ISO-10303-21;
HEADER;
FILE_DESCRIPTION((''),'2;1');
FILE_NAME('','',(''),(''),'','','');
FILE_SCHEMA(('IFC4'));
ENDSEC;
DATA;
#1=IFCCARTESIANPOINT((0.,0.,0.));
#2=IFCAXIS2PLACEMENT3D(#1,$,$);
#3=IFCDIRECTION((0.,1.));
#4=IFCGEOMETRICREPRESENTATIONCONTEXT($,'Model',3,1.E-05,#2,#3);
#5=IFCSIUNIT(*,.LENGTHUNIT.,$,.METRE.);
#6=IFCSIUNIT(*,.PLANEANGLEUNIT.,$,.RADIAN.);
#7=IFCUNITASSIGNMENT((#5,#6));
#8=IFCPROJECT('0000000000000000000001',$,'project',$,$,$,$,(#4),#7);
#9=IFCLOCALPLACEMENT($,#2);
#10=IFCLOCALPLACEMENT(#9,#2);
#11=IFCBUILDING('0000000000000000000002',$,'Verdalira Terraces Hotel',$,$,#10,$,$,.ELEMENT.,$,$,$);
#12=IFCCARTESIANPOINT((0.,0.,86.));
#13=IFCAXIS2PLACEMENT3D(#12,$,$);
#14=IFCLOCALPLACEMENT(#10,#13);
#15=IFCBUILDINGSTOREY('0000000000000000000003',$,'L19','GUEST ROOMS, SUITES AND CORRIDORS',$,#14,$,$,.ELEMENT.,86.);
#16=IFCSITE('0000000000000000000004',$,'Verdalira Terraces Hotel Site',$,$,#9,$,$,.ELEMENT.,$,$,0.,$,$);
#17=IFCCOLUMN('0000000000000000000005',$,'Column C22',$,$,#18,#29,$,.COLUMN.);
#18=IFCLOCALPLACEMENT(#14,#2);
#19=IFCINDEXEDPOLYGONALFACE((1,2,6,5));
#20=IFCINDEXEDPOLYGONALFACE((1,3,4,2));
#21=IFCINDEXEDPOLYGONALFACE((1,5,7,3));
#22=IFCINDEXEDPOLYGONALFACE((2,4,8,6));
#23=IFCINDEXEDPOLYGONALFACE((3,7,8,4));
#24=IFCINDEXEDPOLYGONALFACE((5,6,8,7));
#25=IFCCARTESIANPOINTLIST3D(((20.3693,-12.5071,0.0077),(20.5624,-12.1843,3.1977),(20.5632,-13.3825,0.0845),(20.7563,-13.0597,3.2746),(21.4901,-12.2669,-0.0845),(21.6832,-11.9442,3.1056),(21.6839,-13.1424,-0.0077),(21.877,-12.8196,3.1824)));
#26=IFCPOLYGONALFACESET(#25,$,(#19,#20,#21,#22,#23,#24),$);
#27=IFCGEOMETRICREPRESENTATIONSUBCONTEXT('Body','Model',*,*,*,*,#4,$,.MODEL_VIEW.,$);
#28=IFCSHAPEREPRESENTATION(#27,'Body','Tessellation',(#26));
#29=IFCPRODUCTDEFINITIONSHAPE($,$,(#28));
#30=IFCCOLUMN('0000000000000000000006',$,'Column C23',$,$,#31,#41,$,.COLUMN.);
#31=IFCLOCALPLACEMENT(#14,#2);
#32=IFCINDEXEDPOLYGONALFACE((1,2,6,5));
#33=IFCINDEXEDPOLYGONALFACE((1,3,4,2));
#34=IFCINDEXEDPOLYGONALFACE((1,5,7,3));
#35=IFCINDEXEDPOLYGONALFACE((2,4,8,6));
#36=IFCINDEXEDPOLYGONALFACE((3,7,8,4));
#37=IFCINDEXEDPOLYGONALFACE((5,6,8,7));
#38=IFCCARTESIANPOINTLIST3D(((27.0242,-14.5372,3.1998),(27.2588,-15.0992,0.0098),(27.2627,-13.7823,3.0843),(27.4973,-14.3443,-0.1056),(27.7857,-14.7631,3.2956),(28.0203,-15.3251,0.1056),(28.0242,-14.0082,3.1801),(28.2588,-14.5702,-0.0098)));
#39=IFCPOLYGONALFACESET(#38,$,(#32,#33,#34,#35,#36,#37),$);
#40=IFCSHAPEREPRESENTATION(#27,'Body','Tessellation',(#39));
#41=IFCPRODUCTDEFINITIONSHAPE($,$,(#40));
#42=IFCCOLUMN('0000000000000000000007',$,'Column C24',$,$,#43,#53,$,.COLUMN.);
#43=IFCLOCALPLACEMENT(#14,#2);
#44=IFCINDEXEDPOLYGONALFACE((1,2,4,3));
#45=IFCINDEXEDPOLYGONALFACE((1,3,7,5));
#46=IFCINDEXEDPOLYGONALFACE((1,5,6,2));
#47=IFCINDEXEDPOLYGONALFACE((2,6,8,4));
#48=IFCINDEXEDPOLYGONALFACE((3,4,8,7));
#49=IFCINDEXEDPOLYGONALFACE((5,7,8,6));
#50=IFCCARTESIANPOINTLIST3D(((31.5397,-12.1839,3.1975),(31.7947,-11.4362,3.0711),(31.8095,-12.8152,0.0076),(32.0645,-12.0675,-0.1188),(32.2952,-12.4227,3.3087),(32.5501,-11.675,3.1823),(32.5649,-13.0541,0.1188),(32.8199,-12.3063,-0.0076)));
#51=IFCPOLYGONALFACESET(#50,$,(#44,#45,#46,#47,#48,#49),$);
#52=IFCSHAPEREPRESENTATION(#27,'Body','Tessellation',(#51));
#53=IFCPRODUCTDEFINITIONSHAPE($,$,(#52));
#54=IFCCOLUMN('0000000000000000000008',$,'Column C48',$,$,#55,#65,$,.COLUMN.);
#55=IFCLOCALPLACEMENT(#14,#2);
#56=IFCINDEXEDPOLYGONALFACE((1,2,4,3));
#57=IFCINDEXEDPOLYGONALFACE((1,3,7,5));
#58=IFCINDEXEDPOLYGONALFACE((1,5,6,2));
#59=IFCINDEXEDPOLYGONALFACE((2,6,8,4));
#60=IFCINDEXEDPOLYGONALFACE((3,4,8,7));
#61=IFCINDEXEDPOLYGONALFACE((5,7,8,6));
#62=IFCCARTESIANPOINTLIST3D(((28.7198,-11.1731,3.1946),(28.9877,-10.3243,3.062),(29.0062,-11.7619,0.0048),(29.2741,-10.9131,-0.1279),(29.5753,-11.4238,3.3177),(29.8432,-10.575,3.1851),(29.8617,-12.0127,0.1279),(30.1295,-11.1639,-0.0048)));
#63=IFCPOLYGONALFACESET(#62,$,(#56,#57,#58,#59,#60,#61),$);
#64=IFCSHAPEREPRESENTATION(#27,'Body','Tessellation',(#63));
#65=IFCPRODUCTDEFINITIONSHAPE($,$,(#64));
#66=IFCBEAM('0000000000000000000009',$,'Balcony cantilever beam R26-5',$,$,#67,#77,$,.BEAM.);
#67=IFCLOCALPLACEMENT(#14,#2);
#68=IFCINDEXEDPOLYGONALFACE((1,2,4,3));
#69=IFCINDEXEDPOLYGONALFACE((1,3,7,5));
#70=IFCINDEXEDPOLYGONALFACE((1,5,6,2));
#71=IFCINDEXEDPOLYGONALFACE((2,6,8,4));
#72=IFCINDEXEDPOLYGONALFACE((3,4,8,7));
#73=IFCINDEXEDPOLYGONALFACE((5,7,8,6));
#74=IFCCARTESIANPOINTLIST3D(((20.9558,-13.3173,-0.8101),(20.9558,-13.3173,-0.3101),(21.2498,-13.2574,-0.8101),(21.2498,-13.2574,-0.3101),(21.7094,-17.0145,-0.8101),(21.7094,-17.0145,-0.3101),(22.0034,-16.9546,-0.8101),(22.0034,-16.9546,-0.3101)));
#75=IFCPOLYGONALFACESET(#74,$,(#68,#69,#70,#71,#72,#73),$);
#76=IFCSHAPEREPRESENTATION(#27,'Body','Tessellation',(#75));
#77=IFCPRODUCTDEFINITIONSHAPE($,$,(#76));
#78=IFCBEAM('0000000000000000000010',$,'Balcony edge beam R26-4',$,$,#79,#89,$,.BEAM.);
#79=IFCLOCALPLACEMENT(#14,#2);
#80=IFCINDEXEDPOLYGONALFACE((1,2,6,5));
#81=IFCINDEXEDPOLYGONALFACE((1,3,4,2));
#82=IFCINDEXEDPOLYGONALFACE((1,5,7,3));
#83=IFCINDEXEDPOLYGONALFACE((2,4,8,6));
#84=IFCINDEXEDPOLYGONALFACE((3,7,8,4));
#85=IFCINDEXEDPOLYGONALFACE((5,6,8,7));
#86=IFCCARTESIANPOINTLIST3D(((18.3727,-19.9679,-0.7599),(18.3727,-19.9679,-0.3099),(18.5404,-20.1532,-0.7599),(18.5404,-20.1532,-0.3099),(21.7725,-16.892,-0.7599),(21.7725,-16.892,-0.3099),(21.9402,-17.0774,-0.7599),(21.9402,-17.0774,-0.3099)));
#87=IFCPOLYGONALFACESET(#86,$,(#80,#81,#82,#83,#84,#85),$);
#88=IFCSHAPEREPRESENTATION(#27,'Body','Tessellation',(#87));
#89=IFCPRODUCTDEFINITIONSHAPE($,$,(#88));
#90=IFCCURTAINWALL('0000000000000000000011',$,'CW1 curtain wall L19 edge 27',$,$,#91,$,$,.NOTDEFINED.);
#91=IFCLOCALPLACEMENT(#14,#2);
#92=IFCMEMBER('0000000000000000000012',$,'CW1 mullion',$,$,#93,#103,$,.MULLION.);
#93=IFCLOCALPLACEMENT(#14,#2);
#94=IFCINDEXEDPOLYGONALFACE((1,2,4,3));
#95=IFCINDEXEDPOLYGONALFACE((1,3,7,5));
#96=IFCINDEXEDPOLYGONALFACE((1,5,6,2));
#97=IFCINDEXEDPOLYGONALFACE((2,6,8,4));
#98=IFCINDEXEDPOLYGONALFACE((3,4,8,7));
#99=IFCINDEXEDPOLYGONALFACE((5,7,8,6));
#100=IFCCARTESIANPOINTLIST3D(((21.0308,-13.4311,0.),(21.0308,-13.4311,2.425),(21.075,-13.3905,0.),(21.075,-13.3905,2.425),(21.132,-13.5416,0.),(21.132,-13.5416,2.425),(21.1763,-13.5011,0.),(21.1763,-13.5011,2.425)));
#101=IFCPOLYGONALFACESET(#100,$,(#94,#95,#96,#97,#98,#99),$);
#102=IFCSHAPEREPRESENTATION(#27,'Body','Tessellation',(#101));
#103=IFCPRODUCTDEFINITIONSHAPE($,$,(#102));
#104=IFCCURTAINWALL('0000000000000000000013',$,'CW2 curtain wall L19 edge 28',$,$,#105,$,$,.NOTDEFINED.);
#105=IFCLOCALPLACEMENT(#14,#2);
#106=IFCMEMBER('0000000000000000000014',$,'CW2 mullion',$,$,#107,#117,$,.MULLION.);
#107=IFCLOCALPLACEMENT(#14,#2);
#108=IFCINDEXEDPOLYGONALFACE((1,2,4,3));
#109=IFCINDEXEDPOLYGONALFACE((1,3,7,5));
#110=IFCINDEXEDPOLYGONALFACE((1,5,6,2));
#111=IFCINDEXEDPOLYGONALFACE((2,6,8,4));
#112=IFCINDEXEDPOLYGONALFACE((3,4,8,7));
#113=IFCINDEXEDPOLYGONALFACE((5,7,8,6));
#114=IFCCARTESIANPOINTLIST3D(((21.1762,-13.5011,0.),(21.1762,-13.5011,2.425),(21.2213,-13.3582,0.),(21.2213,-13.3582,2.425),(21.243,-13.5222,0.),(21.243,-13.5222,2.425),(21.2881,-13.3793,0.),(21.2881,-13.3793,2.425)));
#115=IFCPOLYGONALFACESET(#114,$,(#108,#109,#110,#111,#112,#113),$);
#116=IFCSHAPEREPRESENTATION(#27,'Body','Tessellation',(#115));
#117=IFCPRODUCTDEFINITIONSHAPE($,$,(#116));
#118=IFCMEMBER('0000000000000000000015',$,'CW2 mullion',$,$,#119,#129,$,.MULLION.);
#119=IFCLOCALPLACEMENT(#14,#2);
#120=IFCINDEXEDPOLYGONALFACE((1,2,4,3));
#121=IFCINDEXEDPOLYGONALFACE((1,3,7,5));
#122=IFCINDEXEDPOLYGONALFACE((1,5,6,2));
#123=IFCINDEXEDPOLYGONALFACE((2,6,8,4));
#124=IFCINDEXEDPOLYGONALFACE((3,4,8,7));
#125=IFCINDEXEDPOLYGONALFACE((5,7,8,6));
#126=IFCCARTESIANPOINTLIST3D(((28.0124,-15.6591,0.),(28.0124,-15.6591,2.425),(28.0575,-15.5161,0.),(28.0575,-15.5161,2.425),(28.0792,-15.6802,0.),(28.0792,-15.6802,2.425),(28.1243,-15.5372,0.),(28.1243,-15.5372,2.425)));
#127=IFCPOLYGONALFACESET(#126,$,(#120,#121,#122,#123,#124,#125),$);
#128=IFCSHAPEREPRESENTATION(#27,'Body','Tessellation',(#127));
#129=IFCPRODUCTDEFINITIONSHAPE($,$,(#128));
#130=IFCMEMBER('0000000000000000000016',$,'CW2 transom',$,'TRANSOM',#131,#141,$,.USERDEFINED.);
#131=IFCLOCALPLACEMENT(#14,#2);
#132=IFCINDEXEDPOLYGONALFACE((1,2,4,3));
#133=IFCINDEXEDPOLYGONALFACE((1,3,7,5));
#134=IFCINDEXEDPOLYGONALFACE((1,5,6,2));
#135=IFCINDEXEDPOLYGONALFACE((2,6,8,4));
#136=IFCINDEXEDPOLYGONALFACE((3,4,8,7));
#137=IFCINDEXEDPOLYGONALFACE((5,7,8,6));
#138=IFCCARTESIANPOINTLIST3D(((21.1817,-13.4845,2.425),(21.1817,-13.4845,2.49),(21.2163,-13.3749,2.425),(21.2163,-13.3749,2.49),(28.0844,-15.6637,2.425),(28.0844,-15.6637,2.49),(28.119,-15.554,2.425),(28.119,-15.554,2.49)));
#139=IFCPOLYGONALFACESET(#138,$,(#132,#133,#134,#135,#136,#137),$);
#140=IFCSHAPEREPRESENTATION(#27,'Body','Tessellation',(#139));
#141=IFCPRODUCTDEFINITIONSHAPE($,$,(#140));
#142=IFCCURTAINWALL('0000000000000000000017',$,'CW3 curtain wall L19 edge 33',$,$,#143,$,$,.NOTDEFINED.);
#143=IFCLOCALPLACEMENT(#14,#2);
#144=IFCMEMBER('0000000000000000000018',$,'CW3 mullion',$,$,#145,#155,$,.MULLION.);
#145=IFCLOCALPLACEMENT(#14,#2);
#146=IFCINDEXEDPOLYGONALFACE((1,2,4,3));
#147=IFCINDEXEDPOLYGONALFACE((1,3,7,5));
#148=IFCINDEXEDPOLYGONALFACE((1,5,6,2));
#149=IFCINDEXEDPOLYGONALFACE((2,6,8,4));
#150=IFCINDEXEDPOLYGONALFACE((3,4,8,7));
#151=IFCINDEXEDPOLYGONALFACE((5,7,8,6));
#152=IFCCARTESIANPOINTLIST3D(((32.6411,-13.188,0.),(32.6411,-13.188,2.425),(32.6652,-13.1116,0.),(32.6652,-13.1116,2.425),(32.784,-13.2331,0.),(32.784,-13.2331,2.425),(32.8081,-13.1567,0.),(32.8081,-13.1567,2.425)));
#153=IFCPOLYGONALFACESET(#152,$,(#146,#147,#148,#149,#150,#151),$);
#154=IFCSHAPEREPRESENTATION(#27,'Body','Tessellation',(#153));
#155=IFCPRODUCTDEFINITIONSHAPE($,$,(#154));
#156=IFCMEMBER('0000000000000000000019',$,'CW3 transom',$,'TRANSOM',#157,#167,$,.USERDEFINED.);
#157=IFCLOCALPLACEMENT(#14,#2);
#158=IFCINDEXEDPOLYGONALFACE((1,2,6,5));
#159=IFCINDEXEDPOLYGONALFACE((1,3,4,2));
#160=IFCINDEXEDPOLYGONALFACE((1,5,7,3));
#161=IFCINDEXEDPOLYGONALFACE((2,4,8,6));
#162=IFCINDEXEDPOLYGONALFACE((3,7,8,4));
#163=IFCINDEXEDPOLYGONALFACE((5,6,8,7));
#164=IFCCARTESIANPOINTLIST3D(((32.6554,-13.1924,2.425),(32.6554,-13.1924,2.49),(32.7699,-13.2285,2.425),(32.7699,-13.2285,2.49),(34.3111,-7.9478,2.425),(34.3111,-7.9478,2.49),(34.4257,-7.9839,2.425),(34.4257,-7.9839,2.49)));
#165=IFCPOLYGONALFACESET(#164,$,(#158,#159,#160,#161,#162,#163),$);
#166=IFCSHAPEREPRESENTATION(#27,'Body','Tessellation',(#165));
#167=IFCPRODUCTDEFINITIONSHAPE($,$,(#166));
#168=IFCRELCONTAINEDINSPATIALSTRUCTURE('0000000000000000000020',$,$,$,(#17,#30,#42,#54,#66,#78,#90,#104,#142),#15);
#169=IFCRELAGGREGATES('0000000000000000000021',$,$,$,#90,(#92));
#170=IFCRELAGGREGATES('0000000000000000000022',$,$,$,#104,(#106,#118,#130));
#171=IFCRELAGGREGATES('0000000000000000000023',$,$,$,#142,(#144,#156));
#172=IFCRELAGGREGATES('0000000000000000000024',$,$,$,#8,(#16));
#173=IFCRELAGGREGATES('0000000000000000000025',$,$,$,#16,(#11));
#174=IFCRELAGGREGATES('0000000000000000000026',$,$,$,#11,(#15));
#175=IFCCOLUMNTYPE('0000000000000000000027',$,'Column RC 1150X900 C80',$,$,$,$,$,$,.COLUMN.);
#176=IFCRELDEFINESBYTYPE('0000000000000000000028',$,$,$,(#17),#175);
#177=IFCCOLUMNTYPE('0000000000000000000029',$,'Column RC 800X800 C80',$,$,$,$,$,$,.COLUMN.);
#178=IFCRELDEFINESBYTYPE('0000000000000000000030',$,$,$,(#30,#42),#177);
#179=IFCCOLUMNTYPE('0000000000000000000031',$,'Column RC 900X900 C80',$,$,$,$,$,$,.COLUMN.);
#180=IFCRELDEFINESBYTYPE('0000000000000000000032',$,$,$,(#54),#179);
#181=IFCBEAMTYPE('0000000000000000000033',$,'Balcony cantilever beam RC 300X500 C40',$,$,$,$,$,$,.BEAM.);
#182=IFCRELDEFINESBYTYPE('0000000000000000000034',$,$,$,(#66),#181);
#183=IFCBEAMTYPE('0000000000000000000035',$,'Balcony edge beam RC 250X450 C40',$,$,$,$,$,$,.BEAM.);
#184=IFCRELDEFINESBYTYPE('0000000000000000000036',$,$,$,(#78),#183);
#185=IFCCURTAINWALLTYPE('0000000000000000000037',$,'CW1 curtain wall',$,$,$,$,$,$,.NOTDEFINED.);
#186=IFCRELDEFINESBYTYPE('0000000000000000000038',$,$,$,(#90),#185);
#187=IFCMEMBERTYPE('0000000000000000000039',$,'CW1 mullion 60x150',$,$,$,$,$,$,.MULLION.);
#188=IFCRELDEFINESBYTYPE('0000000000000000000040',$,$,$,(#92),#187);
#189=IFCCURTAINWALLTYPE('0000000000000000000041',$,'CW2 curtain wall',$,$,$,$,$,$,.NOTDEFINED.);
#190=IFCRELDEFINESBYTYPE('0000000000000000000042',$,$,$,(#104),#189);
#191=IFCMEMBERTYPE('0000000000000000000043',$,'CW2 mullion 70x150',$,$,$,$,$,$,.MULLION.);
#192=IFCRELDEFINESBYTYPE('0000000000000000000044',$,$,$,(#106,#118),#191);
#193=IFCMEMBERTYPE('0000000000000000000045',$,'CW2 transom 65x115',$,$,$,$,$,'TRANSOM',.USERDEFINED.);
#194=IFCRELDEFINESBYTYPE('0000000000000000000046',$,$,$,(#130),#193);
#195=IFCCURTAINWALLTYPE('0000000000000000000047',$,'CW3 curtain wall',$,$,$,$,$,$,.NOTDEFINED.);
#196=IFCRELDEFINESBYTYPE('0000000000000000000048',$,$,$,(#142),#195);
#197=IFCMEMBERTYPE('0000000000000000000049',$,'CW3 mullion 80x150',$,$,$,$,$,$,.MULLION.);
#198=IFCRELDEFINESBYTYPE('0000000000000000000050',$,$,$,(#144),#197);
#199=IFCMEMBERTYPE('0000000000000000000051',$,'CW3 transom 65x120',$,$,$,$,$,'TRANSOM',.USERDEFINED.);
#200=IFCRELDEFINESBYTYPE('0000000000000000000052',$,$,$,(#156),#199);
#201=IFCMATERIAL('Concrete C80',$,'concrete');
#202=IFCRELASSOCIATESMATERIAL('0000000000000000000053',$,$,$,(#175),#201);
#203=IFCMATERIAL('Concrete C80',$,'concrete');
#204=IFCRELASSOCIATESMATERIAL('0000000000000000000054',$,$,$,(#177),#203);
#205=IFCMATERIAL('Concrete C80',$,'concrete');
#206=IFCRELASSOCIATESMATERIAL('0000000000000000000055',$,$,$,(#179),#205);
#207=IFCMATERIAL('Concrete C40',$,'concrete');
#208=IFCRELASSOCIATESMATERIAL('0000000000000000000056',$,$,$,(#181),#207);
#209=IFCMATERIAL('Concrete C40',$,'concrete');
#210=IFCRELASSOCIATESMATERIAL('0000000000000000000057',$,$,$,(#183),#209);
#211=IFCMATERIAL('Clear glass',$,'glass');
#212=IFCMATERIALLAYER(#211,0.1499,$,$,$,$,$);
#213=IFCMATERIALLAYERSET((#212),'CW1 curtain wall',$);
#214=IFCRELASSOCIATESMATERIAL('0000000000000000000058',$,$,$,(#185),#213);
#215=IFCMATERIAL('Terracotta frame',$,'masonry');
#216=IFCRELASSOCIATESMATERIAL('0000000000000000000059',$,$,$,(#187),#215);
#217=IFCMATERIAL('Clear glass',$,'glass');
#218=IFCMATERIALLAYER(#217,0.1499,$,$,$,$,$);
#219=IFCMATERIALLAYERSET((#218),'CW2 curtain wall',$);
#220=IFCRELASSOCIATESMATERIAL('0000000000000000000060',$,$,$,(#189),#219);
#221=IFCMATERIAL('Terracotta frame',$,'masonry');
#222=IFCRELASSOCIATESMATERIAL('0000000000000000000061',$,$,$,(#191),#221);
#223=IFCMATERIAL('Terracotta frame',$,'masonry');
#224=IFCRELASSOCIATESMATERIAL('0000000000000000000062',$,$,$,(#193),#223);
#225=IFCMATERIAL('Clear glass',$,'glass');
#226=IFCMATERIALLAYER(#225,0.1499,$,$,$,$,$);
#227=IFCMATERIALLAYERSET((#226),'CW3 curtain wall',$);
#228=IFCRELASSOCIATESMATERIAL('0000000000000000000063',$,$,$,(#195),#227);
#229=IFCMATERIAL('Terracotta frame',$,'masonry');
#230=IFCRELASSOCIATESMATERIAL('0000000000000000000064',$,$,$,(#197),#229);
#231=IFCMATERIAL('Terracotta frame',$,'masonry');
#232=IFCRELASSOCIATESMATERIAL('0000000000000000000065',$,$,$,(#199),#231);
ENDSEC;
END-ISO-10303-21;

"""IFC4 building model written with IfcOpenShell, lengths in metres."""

from ifc_helpers import new_model, si_unit, direction, frame, origin, origin_2d, place, context, subcontext, project, spatial, rectangle, extrude, material, layer, layer_set, material_profile, profile_set, type_object, element, aggregate, save


model = new_model("IFC4")

# Units and contexts
model_context = context("Model", 3, precision=1e-05, world=origin(), true_north=direction((0.0, 1.0)))
body_context = subcontext(model_context, "Body", "Model", "MODEL_VIEW")
ifc_project = project(units=[si_unit("LENGTHUNIT", "METRE"), si_unit("PLANEANGLEUNIT", "RADIAN")], contexts=[model_context])

# Site, building, storey
site_placement = place(None, origin())
site = spatial("IfcSite", under=ifc_project, at=site_placement, Name="Verdalira Terraces Hotel Site", CompositionType="ELEMENT", RefElevation=0.0)
building_placement = place(site_placement, origin())
building = spatial("IfcBuilding", under=site, at=building_placement, Name="Verdalira Terraces Hotel", CompositionType="ELEMENT")
storey_placement = place(building_placement, frame((0.0, 0.0, 86.0)))
storey = spatial("IfcBuildingStorey", under=building, at=storey_placement, Name="L19", Description="GUEST ROOMS, SUITES AND CORRIDORS", CompositionType="ELEMENT", Elevation=86.0)

# Columns
ifc_material_1 = material(Name="Concrete C80", Category="concrete")
ifc_material_profile_1 = material_profile(ifc_material_1, rectangle(XDim=1.1499, YDim=0.8999, at=origin_2d()), Name="RC 1150X900")
ifc_profile_set_1 = profile_set([ifc_material_profile_1], Name="Concrete C80")
column_type_1 = type_object("IfcColumnType", Name="Column RC 1150X900 C80", PredefinedType="COLUMN", material=ifc_profile_set_1)
column_1_placement = place(storey_placement, frame((21.0266, -12.8247, 0.0), z_axis=(0.060122, 0.100483, 0.993121), x_axis=(-0.974668, -0.208808, 0.080132)))
element("IfcColumn", 1, at=column_1_placement, inside=storey, type_object=column_type_1, Name="Column C22", PredefinedType="COLUMN", context=body_context, shape_type="SweptSolid", body=[
    extrude(rectangle(XDim=1.1499, YDim=0.8999, at=origin_2d()), origin(), (0.0, 0.0, 1.0), 3.2122),
])
ifc_material_2 = material(Name="Concrete C80", Category="concrete")
ifc_material_profile_2 = material_profile(ifc_material_2, rectangle(XDim=0.8, YDim=0.8, at=origin_2d()), Name="RC 800X800")
ifc_profile_set_2 = profile_set([ifc_material_profile_2], Name="Concrete C80")
column_type_2 = type_object("IfcColumnType", Name="Column RC 800X800 C80", PredefinedType="COLUMN", material=ifc_profile_set_2)
column_2_placement = place(storey_placement, frame((27.7588, -14.8347, 0.0), z_axis=(-0.072245, 0.173057, 0.982259), x_axis=(0.951802, -0.28237, 0.119753)))
element("IfcColumn", 2, at=column_2_placement, inside=storey, type_object=column_type_2, Name="Column C23", PredefinedType="COLUMN", context=body_context, shape_type="SweptSolid", body=[
    extrude(rectangle(XDim=0.8, YDim=0.8, at=origin_2d()), origin(), (0.0, 0.0, 1.0), 3.2476),
])
column_3_placement = place(storey_placement, frame((32.3147, -12.5608, 0.0), z_axis=(-0.082677, 0.193487, 0.977613), x_axis=(0.318711, 0.934587, -0.158018)))
element("IfcColumn", 3, at=column_3_placement, inside=storey, type_object=column_type_2, Name="Column C24", PredefinedType="COLUMN", context=body_context, shape_type="SweptSolid", body=[
    extrude(rectangle(XDim=0.8, YDim=0.8, at=origin_2d()), origin(), (0.0, 0.0, 1.0), 3.2629),
])
ifc_material_3 = material(Name="Concrete C80", Category="concrete")
ifc_material_profile_3 = material_profile(ifc_material_3, rectangle(XDim=0.8999, YDim=0.8999, at=origin_2d()), Name="RC 900X900")
ifc_profile_set_3 = profile_set([ifc_material_profile_3], Name="Concrete C80")
column_type_3 = type_object("IfcColumnType", Name="Column RC 900X900 C80", PredefinedType="COLUMN", material=ifc_profile_set_3)
column_4_placement = place(storey_placement, frame((29.5679, -11.4629, 0.0), z_axis=(-0.087941, 0.180831, 0.979575), x_axis=(0.95061, -0.278627, 0.136776)))
element("IfcColumn", 4, at=column_4_placement, inside=storey, type_object=column_type_3, Name="Column C48", PredefinedType="COLUMN", context=body_context, shape_type="SweptSolid", body=[
    extrude(rectangle(XDim=0.8999, YDim=0.8999, at=origin_2d()), origin(), (0.0, 0.0, 1.0), 3.2563),
])

# Beams
ifc_material_4 = material(Name="Concrete C40", Category="concrete")
ifc_material_profile_4 = material_profile(ifc_material_4, rectangle(XDim=0.3, YDim=0.5, at=origin_2d()), Name="RC 300X500")
ifc_profile_set_4 = profile_set([ifc_material_profile_4], Name="Concrete C40")
beam_type_1 = type_object("IfcBeamType", Name="Balcony cantilever beam RC 300X500 C40", PredefinedType="BEAM", material=ifc_profile_set_4)
beam_1_placement = place(storey_placement, frame((21.1028, -13.2874, -0.5601), z_axis=(0.199736, -0.97985, 0.0), x_axis=(0.97985, 0.199736, 0.0)))
element("IfcBeam", 5, at=beam_1_placement, inside=storey, type_object=beam_type_1, Name="Balcony cantilever beam R26-5", PredefinedType="BEAM", context=body_context, shape_type="SweptSolid", body=[
    extrude(rectangle(XDim=0.3, YDim=0.5, at=origin_2d()), origin(), (0.0, 0.0, 1.0), 3.7732),
])
ifc_material_5 = material(Name="Concrete C40", Category="concrete")
ifc_material_profile_5 = material_profile(ifc_material_5, rectangle(XDim=0.25, YDim=0.45, at=origin_2d()), Name="RC 250X450")
ifc_profile_set_5 = profile_set([ifc_material_profile_5], Name="Concrete C40")
beam_type_2 = type_object("IfcBeamType", Name="Balcony edge beam RC 250X450 C40", PredefinedType="BEAM", material=ifc_profile_set_5)
beam_2_placement = place(storey_placement, frame((18.4565, -20.0605, -0.5349), z_axis=(0.741555, 0.670892, 0.0), x_axis=(-0.670892, 0.741555, 0.0)))
element("IfcBeam", 6, at=beam_2_placement, inside=storey, type_object=beam_type_2, Name="Balcony edge beam R26-4", PredefinedType="BEAM", context=body_context, shape_type="SweptSolid", body=[
    extrude(rectangle(XDim=0.25, YDim=0.45, at=origin_2d()), origin(), (0.0, 0.0, 1.0), 4.5847),
])

# Curtain wall, member
ifc_material_6 = material(Name="Clear glass", Category="glass")
ifc_layer_1 = layer(ifc_material_6, 0.1499)
ifc_layer_set_1 = layer_set([ifc_layer_1], Name="CW1 curtain wall")
curtain_wall_type_1 = type_object("IfcCurtainWallType", Name="CW1 curtain wall", PredefinedType="NOTDEFINED", material=ifc_layer_set_1)
curtain_wall_1_placement = place(storey_placement, origin())
curtain_wall_1 = element("IfcCurtainWall", 7, at=curtain_wall_1_placement, inside=storey, type_object=curtain_wall_type_1, Name="CW1 curtain wall L19 edge 27", PredefinedType="NOTDEFINED")
ifc_material_7 = material(Name="Terracotta frame", Category="masonry")
ifc_material_profile_6 = material_profile(ifc_material_7, rectangle(XDim=0.0601, YDim=0.1499, at=origin_2d()), Name="MU 60x150")
ifc_profile_set_6 = profile_set([ifc_material_profile_6], Name="Terracotta frame")
member_type_1 = type_object("IfcMemberType", Name="CW1 mullion 60x150", PredefinedType="MULLION", material=ifc_profile_set_6)
member_1_placement = place(storey_placement, frame((21.1035, -13.4661, 0.0), z_axis=(0.0, 0.0, 1.0), x_axis=(0.737513, 0.675333, 0.0)))
member_1 = element("IfcMember", 8, at=member_1_placement, type_object=member_type_1, Name="CW1 mullion", PredefinedType="MULLION", context=body_context, shape_type="SweptSolid", body=[
    extrude(rectangle(XDim=0.0601, YDim=0.1499, at=origin_2d()), origin(), (0.0, 0.0, 1.0), 2.425),
])

# Curtain walls, members
ifc_material_8 = material(Name="Clear glass", Category="glass")
ifc_layer_2 = layer(ifc_material_8, 0.1499)
ifc_layer_set_2 = layer_set([ifc_layer_2], Name="CW2 curtain wall")
curtain_wall_type_2 = type_object("IfcCurtainWallType", Name="CW2 curtain wall", PredefinedType="NOTDEFINED", material=ifc_layer_set_2)
curtain_wall_2_placement = place(storey_placement, origin())
curtain_wall_2 = element("IfcCurtainWall", 9, at=curtain_wall_2_placement, inside=storey, type_object=curtain_wall_type_2, Name="CW2 curtain wall L19 edge 28", PredefinedType="NOTDEFINED")
ifc_material_9 = material(Name="Terracotta frame", Category="masonry")
ifc_material_profile_7 = material_profile(ifc_material_9, rectangle(XDim=0.0701, YDim=0.1499, at=origin_2d()), Name="MU 70x150")
ifc_profile_set_7 = profile_set([ifc_material_profile_7], Name="Terracotta frame")
member_type_2 = type_object("IfcMemberType", Name="CW2 mullion 70x150", PredefinedType="MULLION", material=ifc_profile_set_7)
member_2_placement = place(storey_placement, frame((21.2322, -13.4402, 0.0), z_axis=(0.0, 0.0, 1.0), x_axis=(0.953612, -0.301039, 0.0)))
member_2 = element("IfcMember", 10, at=member_2_placement, type_object=member_type_2, Name="CW2 mullion", PredefinedType="MULLION", context=body_context, shape_type="SweptSolid", body=[
    extrude(rectangle(XDim=0.0701, YDim=0.1499, at=origin_2d()), origin(), (0.0, 0.0, 1.0), 2.425),
])
member_3_placement = place(storey_placement, frame((28.0684, -15.5981, 0.0), z_axis=(0.0, 0.0, 1.0), x_axis=(0.953612, -0.301039, 0.0)))
member_3 = element("IfcMember", 11, at=member_3_placement, type_object=member_type_2, Name="CW2 mullion", PredefinedType="MULLION", context=body_context, shape_type="SweptSolid", body=[
    extrude(rectangle(XDim=0.0701, YDim=0.1499, at=origin_2d()), origin(), (0.0, 0.0, 1.0), 2.425),
])
ifc_material_10 = material(Name="Terracotta frame", Category="masonry")
ifc_material_profile_8 = material_profile(ifc_material_10, rectangle(XDim=0.115, YDim=0.0649, at=origin_2d()), Name="TR 65x115")
ifc_profile_set_8 = profile_set([ifc_material_profile_8], Name="Terracotta frame")
member_type_3 = type_object("IfcMemberType", Name="CW2 transom 65x115", ElementType="TRANSOM", PredefinedType="USERDEFINED", material=ifc_profile_set_8)
member_4_placement = place(storey_placement, frame((21.199, -13.4297, 2.4575), z_axis=(0.953608, -0.301051, 0.0), x_axis=(0.301051, 0.953608, 0.0)))
member_4 = element("IfcMember", 12, at=member_4_placement, type_object=member_type_3, Name="CW2 transom", ObjectType="TRANSOM", PredefinedType="USERDEFINED", context=body_context, shape_type="SweptSolid", body=[
    extrude(rectangle(XDim=0.115, YDim=0.0649, at=origin_2d()), origin(), (0.0, 0.0, 1.0), 7.2385),
])
ifc_material_11 = material(Name="Clear glass", Category="glass")
ifc_layer_3 = layer(ifc_material_11, 0.1499)
ifc_layer_set_3 = layer_set([ifc_layer_3], Name="CW3 curtain wall")
curtain_wall_type_3 = type_object("IfcCurtainWallType", Name="CW3 curtain wall", PredefinedType="NOTDEFINED", material=ifc_layer_set_3)
curtain_wall_3_placement = place(storey_placement, origin())
curtain_wall_3 = element("IfcCurtainWall", 13, at=curtain_wall_3_placement, inside=storey, type_object=curtain_wall_type_3, Name="CW3 curtain wall L19 edge 33", PredefinedType="NOTDEFINED")
ifc_material_12 = material(Name="Terracotta frame", Category="masonry")
ifc_material_profile_9 = material_profile(ifc_material_12, rectangle(XDim=0.0801, YDim=0.1499, at=origin_2d()), Name="MU 80x150")
ifc_profile_set_9 = profile_set([ifc_material_profile_9], Name="Terracotta frame")
member_type_4 = type_object("IfcMemberType", Name="CW3 mullion 80x150", PredefinedType="MULLION", material=ifc_profile_set_9)
member_5_placement = place(storey_placement, frame((32.7246, -13.1724, 0.0), z_axis=(0.0, 0.0, 1.0), x_axis=(0.301039, 0.953612, 0.0)))
member_5 = element("IfcMember", 14, at=member_5_placement, type_object=member_type_4, Name="CW3 mullion", PredefinedType="MULLION", context=body_context, shape_type="SweptSolid", body=[
    extrude(rectangle(XDim=0.0801, YDim=0.1499, at=origin_2d()), origin(), (0.0, 0.0, 1.0), 2.425),
])
ifc_material_13 = material(Name="Terracotta frame", Category="masonry")
ifc_material_profile_10 = material_profile(ifc_material_13, rectangle(XDim=0.1201, YDim=0.0649, at=origin_2d()), Name="TR 65x120")
ifc_profile_set_10 = profile_set([ifc_material_profile_10], Name="Terracotta frame")
member_type_5 = type_object("IfcMemberType", Name="CW3 transom 65x120", ElementType="TRANSOM", PredefinedType="USERDEFINED", material=ifc_profile_set_10)
member_6_placement = place(storey_placement, frame((32.7126, -13.2104, 2.4575), z_axis=(0.301059, 0.953605, 0.0), x_axis=(-0.953605, 0.301059, 0.0)))
member_6 = element("IfcMember", 15, at=member_6_placement, type_object=member_type_5, Name="CW3 transom", ObjectType="TRANSOM", PredefinedType="USERDEFINED", context=body_context, shape_type="SweptSolid", body=[
    extrude(rectangle(XDim=0.1201, YDim=0.0649, at=origin_2d()), origin(), (0.0, 0.0, 1.0), 5.4998),
])

aggregate(curtain_wall_1, [member_1])
aggregate(curtain_wall_2, [member_2, member_3, member_4])
aggregate(curtain_wall_3, [member_5, member_6])

save(model, "model.ifc")
